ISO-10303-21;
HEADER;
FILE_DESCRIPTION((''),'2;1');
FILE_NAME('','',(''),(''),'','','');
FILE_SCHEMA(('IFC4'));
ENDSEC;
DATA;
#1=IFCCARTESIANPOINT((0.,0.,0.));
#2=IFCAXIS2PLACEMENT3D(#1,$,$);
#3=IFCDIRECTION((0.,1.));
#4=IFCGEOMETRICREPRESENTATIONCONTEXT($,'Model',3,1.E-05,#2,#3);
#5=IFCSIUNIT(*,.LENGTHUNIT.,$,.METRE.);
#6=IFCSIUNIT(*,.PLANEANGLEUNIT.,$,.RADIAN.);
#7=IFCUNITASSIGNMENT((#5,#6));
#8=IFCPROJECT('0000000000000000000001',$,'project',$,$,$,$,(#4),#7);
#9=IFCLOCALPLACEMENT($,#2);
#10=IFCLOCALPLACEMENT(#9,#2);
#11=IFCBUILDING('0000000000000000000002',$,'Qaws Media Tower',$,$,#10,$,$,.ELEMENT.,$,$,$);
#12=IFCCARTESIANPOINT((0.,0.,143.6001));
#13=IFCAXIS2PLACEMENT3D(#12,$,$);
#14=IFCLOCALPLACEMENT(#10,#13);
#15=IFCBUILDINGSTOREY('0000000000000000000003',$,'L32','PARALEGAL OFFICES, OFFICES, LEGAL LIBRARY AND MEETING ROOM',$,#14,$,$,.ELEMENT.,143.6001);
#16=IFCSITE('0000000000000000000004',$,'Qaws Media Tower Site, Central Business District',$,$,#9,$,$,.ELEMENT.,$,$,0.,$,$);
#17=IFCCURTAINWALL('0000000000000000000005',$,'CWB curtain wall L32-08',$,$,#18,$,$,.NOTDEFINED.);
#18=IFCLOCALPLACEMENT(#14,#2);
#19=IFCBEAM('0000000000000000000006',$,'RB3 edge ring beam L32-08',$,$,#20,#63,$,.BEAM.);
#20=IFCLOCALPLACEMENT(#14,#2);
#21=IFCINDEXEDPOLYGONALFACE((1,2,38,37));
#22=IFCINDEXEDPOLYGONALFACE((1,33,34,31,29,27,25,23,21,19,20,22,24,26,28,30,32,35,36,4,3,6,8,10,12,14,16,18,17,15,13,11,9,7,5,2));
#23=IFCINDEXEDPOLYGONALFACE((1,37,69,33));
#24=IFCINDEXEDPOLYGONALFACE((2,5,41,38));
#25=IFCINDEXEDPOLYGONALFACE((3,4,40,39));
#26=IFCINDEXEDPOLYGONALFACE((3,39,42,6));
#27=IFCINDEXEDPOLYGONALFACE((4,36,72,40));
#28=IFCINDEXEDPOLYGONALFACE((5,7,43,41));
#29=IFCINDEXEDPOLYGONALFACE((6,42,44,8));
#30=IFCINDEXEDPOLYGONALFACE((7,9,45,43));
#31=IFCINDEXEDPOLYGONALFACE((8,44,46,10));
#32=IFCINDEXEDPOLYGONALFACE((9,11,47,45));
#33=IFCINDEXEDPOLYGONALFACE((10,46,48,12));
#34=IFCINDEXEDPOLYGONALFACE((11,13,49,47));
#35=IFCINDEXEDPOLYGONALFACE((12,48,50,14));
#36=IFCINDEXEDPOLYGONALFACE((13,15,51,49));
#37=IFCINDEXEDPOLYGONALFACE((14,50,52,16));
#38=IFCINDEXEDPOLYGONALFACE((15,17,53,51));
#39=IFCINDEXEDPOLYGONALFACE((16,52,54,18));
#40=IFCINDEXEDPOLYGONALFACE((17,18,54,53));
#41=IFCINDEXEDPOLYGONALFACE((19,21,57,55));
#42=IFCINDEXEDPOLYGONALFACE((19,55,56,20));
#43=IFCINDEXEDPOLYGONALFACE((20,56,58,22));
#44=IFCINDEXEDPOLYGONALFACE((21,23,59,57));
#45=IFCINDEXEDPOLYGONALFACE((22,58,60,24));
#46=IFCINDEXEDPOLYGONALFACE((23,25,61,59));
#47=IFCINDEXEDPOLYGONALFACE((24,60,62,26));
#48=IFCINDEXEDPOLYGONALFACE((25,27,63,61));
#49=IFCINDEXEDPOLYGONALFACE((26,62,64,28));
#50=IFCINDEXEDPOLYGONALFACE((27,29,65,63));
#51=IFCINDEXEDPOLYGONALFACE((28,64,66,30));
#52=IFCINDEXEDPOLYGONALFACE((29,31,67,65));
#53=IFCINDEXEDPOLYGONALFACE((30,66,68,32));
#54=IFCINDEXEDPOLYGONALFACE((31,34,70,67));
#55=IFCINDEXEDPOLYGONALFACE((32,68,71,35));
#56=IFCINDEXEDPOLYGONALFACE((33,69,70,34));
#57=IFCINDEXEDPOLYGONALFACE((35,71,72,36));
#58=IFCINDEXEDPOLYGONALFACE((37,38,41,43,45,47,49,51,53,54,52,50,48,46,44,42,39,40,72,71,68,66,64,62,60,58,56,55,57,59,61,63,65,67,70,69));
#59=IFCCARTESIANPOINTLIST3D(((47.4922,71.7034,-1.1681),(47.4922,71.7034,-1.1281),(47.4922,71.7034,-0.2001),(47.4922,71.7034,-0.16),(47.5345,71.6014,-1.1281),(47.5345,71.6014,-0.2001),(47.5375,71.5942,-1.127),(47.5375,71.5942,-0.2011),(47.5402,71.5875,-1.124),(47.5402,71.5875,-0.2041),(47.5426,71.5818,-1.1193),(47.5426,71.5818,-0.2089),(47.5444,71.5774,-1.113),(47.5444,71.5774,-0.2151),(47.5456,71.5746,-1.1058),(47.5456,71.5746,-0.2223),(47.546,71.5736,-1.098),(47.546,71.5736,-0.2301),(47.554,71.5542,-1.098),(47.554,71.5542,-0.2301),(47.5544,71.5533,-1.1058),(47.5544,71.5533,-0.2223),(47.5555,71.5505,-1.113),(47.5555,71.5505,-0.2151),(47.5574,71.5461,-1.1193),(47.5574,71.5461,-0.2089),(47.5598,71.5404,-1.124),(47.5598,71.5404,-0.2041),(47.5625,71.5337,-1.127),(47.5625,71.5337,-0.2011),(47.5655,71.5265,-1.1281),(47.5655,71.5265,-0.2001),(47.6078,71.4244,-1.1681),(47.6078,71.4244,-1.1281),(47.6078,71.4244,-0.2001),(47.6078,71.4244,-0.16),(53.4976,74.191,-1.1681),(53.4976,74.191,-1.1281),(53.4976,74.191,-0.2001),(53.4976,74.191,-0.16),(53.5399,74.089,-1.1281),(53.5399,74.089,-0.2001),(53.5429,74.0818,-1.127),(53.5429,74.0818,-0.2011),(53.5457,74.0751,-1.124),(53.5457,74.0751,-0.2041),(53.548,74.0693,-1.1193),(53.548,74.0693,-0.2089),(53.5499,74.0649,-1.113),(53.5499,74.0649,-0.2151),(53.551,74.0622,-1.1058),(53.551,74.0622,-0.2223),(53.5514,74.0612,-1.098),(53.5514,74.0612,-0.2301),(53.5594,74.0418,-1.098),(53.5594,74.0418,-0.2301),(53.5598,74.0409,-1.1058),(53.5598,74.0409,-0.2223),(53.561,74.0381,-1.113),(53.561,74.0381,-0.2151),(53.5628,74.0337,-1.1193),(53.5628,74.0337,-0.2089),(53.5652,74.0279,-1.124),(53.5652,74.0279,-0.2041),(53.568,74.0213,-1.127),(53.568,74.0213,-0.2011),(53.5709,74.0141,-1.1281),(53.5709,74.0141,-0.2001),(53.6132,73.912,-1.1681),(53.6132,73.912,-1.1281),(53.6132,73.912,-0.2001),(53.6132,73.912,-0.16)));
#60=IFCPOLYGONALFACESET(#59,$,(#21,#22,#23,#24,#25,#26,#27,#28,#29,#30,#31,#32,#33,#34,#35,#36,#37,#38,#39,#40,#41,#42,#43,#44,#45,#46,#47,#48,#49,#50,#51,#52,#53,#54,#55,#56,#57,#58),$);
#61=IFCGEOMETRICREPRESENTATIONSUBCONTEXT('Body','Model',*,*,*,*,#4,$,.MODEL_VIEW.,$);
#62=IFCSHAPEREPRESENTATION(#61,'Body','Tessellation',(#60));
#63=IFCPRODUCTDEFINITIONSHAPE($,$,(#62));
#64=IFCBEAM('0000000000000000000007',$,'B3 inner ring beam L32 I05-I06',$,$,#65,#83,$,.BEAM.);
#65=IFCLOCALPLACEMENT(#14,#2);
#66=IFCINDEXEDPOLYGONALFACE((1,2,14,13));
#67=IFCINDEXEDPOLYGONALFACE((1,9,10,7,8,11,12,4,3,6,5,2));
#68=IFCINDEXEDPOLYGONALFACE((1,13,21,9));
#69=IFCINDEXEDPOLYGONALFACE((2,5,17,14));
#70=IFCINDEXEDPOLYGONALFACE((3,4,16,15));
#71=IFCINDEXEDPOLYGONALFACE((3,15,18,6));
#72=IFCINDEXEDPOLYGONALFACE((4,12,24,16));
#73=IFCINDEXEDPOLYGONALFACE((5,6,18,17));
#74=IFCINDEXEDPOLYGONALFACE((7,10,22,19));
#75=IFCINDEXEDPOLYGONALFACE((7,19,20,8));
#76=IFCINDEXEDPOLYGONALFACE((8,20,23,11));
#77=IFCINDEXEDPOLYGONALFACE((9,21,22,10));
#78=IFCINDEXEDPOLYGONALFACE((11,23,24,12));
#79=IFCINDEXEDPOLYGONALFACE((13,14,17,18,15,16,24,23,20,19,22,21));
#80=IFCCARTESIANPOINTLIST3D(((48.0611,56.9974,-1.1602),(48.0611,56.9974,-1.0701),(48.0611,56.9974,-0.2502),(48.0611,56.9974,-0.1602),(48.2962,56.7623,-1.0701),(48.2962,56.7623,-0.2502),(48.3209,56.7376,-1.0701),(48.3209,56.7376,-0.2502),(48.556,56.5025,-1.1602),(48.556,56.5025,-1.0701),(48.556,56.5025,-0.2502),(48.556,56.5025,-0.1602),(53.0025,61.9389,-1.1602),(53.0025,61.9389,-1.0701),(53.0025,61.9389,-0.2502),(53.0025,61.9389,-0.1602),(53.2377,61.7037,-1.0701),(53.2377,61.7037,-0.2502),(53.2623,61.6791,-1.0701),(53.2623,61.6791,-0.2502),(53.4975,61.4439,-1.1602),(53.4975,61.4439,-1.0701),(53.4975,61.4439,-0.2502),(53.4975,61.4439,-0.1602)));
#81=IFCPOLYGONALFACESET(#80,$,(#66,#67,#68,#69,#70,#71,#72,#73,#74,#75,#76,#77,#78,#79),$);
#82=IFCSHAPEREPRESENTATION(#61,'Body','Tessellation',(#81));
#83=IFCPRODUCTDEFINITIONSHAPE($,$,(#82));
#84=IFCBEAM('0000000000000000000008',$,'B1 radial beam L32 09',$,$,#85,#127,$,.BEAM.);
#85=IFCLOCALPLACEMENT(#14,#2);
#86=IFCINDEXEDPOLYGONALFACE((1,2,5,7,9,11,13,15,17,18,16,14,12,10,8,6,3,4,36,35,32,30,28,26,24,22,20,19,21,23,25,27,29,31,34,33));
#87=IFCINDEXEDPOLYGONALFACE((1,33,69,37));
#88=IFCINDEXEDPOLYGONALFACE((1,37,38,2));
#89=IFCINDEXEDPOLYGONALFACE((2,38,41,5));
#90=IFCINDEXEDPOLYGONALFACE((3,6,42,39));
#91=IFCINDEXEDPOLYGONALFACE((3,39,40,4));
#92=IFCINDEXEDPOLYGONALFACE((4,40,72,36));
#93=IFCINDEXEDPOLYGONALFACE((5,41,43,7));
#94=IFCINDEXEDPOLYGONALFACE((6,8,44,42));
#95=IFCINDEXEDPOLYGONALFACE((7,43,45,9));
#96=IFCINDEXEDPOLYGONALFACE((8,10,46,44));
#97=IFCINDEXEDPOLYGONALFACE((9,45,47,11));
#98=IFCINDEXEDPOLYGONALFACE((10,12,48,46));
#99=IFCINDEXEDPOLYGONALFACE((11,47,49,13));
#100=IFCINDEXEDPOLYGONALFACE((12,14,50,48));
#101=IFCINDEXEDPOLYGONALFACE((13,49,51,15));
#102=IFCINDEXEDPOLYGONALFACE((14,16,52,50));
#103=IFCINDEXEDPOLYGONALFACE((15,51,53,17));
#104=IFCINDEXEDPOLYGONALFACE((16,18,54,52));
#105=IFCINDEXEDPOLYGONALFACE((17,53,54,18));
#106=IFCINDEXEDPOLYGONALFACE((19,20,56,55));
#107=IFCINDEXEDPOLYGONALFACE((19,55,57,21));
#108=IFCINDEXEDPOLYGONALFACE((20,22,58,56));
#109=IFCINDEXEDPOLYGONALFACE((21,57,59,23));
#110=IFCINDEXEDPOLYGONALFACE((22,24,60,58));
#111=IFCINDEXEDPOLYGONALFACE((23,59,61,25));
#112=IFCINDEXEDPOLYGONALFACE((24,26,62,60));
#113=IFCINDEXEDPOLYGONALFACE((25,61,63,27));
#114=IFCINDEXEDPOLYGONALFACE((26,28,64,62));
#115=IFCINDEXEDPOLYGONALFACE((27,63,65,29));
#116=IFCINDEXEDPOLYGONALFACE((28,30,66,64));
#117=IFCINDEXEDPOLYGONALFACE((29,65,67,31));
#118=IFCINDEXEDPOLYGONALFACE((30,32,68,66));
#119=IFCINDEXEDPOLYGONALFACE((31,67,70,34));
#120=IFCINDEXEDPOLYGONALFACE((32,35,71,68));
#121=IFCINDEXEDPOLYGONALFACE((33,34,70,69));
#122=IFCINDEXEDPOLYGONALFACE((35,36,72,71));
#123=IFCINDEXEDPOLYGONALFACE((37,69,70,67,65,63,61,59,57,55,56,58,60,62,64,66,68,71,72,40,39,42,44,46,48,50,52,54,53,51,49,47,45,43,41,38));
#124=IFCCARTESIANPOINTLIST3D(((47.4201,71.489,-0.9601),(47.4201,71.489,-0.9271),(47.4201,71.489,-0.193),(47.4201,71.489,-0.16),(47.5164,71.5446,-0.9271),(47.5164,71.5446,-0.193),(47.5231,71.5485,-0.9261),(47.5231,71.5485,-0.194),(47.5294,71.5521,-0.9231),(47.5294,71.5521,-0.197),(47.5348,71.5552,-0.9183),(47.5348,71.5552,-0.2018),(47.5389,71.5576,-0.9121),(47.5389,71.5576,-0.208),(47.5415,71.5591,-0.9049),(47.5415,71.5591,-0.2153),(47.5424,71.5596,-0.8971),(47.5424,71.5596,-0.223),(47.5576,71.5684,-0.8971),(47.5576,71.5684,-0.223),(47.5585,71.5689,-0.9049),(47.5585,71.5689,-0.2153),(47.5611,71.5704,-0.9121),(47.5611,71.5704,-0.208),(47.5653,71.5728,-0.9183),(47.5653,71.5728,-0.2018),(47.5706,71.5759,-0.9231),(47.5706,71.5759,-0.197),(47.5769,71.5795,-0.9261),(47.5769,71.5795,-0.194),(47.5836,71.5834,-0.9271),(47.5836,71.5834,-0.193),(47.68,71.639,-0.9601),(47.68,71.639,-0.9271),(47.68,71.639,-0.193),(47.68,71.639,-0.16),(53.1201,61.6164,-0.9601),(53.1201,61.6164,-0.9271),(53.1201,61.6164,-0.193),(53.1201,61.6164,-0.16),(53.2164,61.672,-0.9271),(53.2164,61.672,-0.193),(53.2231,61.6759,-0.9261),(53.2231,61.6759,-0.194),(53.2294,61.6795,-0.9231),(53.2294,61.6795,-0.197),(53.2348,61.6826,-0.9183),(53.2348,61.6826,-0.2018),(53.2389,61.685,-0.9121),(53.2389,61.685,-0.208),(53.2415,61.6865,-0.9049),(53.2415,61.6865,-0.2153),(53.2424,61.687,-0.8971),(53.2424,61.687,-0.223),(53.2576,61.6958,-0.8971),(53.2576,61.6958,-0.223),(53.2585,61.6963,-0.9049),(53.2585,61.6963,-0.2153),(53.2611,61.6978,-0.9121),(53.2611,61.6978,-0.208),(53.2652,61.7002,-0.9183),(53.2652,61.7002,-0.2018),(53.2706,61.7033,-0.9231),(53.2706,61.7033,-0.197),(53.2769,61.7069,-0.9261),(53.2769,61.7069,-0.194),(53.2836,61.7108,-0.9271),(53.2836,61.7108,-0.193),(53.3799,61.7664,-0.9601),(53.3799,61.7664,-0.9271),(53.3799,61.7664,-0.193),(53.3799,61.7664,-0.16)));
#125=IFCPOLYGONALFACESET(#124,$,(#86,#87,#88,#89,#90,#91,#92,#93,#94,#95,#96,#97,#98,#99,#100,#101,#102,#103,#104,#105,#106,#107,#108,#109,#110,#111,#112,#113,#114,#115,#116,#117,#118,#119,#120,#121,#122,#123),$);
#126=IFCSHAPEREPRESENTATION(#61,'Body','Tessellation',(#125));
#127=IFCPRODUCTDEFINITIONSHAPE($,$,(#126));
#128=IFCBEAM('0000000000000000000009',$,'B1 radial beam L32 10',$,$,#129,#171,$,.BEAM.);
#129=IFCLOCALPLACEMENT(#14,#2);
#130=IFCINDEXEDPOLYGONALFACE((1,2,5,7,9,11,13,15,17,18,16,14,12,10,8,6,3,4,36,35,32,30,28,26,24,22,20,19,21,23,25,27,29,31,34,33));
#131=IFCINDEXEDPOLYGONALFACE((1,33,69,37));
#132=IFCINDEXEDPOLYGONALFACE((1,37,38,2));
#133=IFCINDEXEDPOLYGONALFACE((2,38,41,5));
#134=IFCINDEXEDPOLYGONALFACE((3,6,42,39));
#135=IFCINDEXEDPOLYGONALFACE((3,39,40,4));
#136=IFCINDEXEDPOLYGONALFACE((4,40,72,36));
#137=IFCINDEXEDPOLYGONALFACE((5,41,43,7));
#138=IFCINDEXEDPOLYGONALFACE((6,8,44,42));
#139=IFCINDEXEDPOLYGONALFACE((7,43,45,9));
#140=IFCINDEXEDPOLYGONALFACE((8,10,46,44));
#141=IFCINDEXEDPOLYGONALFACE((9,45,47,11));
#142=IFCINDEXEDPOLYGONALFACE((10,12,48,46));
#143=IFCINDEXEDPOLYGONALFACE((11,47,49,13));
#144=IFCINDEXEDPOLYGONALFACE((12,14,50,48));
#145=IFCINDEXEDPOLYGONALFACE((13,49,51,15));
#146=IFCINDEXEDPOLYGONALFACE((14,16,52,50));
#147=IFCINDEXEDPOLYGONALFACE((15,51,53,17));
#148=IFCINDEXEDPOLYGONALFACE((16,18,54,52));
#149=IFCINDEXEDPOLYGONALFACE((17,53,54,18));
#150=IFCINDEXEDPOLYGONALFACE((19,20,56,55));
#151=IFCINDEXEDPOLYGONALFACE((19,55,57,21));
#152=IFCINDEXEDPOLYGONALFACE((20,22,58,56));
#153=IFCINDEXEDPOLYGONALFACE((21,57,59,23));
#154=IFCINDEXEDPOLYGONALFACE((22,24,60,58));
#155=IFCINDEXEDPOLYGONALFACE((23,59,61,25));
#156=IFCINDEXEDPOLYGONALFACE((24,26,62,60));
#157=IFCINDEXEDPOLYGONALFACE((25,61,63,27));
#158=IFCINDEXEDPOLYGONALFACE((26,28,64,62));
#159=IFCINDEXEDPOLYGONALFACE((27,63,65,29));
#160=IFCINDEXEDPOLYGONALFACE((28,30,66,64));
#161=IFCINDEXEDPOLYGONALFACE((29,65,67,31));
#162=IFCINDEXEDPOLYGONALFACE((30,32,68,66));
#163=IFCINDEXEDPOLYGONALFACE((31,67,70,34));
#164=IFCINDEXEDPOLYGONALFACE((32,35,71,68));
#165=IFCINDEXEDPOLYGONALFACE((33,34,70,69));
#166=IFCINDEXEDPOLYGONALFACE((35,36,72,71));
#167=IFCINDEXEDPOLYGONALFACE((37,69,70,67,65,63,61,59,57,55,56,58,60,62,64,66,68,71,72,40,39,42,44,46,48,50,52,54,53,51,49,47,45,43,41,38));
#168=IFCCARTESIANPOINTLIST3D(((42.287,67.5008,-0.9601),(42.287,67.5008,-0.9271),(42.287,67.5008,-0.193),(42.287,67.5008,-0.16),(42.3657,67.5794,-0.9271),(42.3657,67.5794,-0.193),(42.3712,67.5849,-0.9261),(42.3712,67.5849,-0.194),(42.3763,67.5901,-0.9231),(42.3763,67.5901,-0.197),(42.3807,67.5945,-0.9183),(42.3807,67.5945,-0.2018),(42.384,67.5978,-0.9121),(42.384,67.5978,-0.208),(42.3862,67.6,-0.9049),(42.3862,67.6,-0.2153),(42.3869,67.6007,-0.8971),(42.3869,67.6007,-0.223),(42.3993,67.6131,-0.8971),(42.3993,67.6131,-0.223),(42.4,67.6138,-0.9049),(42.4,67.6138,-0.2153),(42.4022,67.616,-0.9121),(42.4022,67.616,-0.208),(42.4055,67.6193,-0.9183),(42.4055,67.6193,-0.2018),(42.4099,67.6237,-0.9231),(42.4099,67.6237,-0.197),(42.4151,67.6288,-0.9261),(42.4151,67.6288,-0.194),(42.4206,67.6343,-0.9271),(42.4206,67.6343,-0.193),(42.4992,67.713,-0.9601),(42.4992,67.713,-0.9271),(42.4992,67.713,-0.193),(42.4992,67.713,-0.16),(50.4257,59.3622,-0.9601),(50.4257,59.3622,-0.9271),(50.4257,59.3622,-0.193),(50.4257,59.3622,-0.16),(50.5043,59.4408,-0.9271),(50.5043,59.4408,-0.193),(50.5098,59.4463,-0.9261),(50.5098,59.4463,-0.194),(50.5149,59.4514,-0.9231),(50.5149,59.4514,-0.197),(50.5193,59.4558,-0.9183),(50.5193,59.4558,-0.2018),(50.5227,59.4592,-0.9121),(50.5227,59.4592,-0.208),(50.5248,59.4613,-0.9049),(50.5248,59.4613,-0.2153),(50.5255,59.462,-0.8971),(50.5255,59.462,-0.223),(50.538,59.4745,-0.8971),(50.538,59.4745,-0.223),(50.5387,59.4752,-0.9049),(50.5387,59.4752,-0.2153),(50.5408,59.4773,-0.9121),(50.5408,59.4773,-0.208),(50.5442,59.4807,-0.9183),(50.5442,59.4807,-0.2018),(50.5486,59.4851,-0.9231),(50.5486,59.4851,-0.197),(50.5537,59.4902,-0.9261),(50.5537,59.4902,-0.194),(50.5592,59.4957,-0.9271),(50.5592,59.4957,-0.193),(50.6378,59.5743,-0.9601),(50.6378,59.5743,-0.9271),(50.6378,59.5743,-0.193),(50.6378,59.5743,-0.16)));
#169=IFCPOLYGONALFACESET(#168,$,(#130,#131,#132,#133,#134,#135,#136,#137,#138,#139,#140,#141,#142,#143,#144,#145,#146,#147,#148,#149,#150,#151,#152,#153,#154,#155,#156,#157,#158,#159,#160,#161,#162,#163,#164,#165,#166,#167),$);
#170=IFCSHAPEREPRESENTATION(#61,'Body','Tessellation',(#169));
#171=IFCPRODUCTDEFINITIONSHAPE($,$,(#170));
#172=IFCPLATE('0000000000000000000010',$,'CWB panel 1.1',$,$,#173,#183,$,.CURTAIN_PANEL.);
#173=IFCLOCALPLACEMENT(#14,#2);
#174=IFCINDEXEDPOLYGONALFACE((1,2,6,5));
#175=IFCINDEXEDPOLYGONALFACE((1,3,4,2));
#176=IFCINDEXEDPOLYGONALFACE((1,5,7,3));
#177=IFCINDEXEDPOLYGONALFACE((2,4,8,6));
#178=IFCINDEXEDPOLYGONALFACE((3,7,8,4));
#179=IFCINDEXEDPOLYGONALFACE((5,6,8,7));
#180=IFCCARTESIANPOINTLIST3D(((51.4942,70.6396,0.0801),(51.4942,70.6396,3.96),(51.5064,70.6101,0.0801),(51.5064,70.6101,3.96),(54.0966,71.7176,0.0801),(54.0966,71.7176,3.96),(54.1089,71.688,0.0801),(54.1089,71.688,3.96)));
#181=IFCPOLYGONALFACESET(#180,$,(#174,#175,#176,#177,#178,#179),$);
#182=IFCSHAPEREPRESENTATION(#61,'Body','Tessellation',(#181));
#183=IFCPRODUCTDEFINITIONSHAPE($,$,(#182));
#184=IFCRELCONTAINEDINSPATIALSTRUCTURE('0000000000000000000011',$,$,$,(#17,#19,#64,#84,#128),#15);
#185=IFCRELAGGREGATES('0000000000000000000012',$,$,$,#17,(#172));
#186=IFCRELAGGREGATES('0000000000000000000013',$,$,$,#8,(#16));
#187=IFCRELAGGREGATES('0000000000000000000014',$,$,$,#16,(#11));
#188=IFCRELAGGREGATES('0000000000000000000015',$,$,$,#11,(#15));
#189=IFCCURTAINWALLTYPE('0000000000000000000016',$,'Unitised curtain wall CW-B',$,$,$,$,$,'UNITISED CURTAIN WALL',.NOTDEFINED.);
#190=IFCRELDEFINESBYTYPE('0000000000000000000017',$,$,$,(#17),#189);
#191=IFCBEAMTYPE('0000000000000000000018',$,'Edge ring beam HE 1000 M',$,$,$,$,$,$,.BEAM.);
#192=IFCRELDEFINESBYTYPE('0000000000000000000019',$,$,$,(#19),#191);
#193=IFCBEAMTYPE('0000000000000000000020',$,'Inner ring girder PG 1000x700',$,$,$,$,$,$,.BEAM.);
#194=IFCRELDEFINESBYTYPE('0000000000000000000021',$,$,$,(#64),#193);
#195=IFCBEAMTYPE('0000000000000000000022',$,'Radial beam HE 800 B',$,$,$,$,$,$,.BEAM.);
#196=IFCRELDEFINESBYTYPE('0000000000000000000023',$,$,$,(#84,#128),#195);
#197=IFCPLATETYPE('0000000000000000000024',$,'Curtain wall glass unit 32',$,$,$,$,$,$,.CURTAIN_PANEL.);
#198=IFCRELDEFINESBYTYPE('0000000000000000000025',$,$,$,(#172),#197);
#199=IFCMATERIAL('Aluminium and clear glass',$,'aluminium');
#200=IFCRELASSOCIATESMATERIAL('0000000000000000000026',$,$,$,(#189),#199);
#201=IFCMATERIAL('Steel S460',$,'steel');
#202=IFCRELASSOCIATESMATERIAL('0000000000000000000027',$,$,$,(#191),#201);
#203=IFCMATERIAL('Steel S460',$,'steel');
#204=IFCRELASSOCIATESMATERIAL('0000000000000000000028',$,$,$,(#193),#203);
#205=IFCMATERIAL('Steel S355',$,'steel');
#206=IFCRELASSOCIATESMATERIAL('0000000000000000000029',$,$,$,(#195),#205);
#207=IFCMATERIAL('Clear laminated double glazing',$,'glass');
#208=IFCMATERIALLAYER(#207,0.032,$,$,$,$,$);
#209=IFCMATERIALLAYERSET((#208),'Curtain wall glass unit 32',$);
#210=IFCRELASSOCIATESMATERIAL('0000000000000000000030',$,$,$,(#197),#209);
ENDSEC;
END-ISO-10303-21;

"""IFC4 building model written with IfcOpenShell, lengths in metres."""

from ifc_helpers import new_model, si_unit, direction, frame, origin, origin_2d, place, context, subcontext, project, spatial, rectangle, i_section, extrude, material, layer, layer_set, material_profile, profile_set, type_object, element, aggregate, save


model = new_model("IFC4")

# Units and contexts
model_context = context("Model", 3, precision=1e-05, world=origin(), true_north=direction((0.0, 1.0)))
body_context = subcontext(model_context, "Body", "Model", "MODEL_VIEW")
ifc_project = project(units=[si_unit("LENGTHUNIT", "METRE"), si_unit("PLANEANGLEUNIT", "RADIAN")], contexts=[model_context])

# Site, building, storey
site_placement = place(None, origin())
site = spatial("IfcSite", under=ifc_project, at=site_placement, Name="Qaws Media Tower Site, Central Business District", CompositionType="ELEMENT", RefElevation=0.0)
building_placement = place(site_placement, origin())
building = spatial("IfcBuilding", under=site, at=building_placement, Name="Qaws Media Tower", CompositionType="ELEMENT")
storey_placement = place(building_placement, frame((0.0, 0.0, 143.6001)))
storey = spatial("IfcBuildingStorey", under=building, at=storey_placement, Name="L32", Description="PARALEGAL OFFICES, OFFICES, LEGAL LIBRARY AND MEETING ROOM", CompositionType="ELEMENT", Elevation=143.6001)

# Curtain wall
ifc_material_1 = material(Name="Aluminium and clear glass", Category="aluminium")
curtain_wall_type = type_object("IfcCurtainWallType", Name="Unitised curtain wall CW-B", ElementType="UNITISED CURTAIN WALL", PredefinedType="NOTDEFINED", material=ifc_material_1)
curtain_wall_1_placement = place(storey_placement, origin())
curtain_wall_1 = element("IfcCurtainWall", 1, at=curtain_wall_1_placement, inside=storey, type_object=curtain_wall_type, Name="CWB curtain wall L32-08", PredefinedType="NOTDEFINED")

# Beams
ifc_material_2 = material(Name="Steel S460", Category="steel")
ifc_material_profile_1 = material_profile(ifc_material_2, i_section(OverallWidth=0.302, OverallDepth=1.0081, WebThickness=0.021, FlangeThickness=0.04, FilletRadius=0.03, at=origin_2d()), Name="HE 1000 M")
ifc_profile_set_1 = profile_set([ifc_material_profile_1], Name="Steel S460")
beam_type_1 = type_object("IfcBeamType", Name="Edge ring beam HE 1000 M", PredefinedType="BEAM", material=ifc_profile_set_1)
beam_1_placement = place(storey_placement, frame((53.5554, 74.0515, -0.6641), z_axis=(-0.923877, -0.382689, 0.0), x_axis=(0.382689, -0.923877, 0.0)))
element("IfcBeam", 2, at=beam_1_placement, inside=storey, type_object=beam_type_1, Name="RB3 edge ring beam L32-08", PredefinedType="BEAM", context=body_context, shape_type="SweptSolid", body=[
    extrude(i_section(OverallWidth=0.302, OverallDepth=1.0081, WebThickness=0.021, FlangeThickness=0.04, FilletRadius=0.03, at=origin_2d()), origin(), (0.0, 0.0, 1.0), 6.5002),
])
ifc_material_3 = material(Name="Steel S460", Category="steel")
ifc_material_profile_2 = material_profile(ifc_material_3, i_section(OverallWidth=0.7, OverallDepth=1.0, WebThickness=0.0349, FlangeThickness=0.0901, at=origin_2d()), Name="PG 1000x700")
ifc_profile_set_2 = profile_set([ifc_material_profile_2], Name="Steel S460")
beam_type_2 = type_object("IfcBeamType", Name="Inner ring girder PG 1000x700", PredefinedType="BEAM", material=ifc_profile_set_2)
beam_2_placement = place(storey_placement, frame((53.25, 61.6914, -0.6602), z_axis=(-0.707107, -0.707107, 0.0), x_axis=(0.707107, -0.707107, 0.0)))
element("IfcBeam", 3, at=beam_2_placement, inside=storey, type_object=beam_type_2, Name="B3 inner ring beam L32 I05-I06", PredefinedType="BEAM", context=body_context, shape_type="SweptSolid", body=[
    extrude(i_section(OverallWidth=0.7, OverallDepth=1.0, WebThickness=0.0349, FlangeThickness=0.0901, at=origin_2d()), origin(), (0.0, 0.0, 1.0), 6.9883),
])
ifc_material_4 = material(Name="Steel S355", Category="steel")
ifc_material_profile_3 = material_profile(ifc_material_4, i_section(OverallWidth=0.3, OverallDepth=0.8, WebThickness=0.0176, FlangeThickness=0.033, FilletRadius=0.03, at=origin_2d()), Name="HE 800 B")
ifc_profile_set_3 = profile_set([ifc_material_profile_3], Name="Steel S355")
beam_type_3 = type_object("IfcBeamType", Name="Radial beam HE 800 B", PredefinedType="BEAM", material=ifc_profile_set_3)
beam_3_placement = place(storey_placement, frame((53.25, 61.6914, -0.5601), z_axis=(-0.500002, 0.866024, 0.0), x_axis=(-0.866024, -0.500002, 0.0)))
element("IfcBeam", 4, at=beam_3_placement, inside=storey, type_object=beam_type_3, Name="B1 radial beam L32 09", PredefinedType="BEAM", context=body_context, shape_type="SweptSolid", body=[
    extrude(i_section(OverallWidth=0.3, OverallDepth=0.8, WebThickness=0.0176, FlangeThickness=0.033, FilletRadius=0.03, at=origin_2d()), origin(), (0.0, 0.0, 1.0), 11.3999),
])
beam_4_placement = place(storey_placement, frame((50.5317, 59.4683, -0.5601), z_axis=(-0.707107, 0.707107, 0.0), x_axis=(-0.707107, -0.707107, 0.0)))
element("IfcBeam", 5, at=beam_4_placement, inside=storey, type_object=beam_type_3, Name="B1 radial beam L32 10", PredefinedType="BEAM", context=body_context, shape_type="SweptSolid", body=[
    extrude(i_section(OverallWidth=0.3, OverallDepth=0.8, WebThickness=0.0176, FlangeThickness=0.033, FilletRadius=0.03, at=origin_2d()), origin(), (0.0, 0.0, 1.0), 11.5098),
])

# Plate
ifc_material_5 = material(Name="Clear laminated double glazing", Category="glass")
ifc_layer_1 = layer(ifc_material_5, 0.032)
ifc_layer_set_1 = layer_set([ifc_layer_1], Name="Curtain wall glass unit 32")
plate_type = type_object("IfcPlateType", Name="Curtain wall glass unit 32", PredefinedType="CURTAIN_PANEL", material=ifc_layer_set_1)
plate_1_placement = place(storey_placement, frame((52.8015, 71.1638, 0.0801), z_axis=(0.0, 0.0, 1.0), x_axis=(-0.92388, -0.382683, 0.0)))
plate_1 = element("IfcPlate", 6, at=plate_1_placement, type_object=plate_type, Name="CWB panel 1.1", PredefinedType="CURTAIN_PANEL", context=body_context, shape_type="SweptSolid", body=[
    extrude(rectangle(XDim=2.8169, YDim=0.032, at=origin_2d()), origin(), (0.0, 0.0, 1.0), 3.8799),
])
aggregate(curtain_wall_1, [plate_1])

save(model, "model.ifc")
